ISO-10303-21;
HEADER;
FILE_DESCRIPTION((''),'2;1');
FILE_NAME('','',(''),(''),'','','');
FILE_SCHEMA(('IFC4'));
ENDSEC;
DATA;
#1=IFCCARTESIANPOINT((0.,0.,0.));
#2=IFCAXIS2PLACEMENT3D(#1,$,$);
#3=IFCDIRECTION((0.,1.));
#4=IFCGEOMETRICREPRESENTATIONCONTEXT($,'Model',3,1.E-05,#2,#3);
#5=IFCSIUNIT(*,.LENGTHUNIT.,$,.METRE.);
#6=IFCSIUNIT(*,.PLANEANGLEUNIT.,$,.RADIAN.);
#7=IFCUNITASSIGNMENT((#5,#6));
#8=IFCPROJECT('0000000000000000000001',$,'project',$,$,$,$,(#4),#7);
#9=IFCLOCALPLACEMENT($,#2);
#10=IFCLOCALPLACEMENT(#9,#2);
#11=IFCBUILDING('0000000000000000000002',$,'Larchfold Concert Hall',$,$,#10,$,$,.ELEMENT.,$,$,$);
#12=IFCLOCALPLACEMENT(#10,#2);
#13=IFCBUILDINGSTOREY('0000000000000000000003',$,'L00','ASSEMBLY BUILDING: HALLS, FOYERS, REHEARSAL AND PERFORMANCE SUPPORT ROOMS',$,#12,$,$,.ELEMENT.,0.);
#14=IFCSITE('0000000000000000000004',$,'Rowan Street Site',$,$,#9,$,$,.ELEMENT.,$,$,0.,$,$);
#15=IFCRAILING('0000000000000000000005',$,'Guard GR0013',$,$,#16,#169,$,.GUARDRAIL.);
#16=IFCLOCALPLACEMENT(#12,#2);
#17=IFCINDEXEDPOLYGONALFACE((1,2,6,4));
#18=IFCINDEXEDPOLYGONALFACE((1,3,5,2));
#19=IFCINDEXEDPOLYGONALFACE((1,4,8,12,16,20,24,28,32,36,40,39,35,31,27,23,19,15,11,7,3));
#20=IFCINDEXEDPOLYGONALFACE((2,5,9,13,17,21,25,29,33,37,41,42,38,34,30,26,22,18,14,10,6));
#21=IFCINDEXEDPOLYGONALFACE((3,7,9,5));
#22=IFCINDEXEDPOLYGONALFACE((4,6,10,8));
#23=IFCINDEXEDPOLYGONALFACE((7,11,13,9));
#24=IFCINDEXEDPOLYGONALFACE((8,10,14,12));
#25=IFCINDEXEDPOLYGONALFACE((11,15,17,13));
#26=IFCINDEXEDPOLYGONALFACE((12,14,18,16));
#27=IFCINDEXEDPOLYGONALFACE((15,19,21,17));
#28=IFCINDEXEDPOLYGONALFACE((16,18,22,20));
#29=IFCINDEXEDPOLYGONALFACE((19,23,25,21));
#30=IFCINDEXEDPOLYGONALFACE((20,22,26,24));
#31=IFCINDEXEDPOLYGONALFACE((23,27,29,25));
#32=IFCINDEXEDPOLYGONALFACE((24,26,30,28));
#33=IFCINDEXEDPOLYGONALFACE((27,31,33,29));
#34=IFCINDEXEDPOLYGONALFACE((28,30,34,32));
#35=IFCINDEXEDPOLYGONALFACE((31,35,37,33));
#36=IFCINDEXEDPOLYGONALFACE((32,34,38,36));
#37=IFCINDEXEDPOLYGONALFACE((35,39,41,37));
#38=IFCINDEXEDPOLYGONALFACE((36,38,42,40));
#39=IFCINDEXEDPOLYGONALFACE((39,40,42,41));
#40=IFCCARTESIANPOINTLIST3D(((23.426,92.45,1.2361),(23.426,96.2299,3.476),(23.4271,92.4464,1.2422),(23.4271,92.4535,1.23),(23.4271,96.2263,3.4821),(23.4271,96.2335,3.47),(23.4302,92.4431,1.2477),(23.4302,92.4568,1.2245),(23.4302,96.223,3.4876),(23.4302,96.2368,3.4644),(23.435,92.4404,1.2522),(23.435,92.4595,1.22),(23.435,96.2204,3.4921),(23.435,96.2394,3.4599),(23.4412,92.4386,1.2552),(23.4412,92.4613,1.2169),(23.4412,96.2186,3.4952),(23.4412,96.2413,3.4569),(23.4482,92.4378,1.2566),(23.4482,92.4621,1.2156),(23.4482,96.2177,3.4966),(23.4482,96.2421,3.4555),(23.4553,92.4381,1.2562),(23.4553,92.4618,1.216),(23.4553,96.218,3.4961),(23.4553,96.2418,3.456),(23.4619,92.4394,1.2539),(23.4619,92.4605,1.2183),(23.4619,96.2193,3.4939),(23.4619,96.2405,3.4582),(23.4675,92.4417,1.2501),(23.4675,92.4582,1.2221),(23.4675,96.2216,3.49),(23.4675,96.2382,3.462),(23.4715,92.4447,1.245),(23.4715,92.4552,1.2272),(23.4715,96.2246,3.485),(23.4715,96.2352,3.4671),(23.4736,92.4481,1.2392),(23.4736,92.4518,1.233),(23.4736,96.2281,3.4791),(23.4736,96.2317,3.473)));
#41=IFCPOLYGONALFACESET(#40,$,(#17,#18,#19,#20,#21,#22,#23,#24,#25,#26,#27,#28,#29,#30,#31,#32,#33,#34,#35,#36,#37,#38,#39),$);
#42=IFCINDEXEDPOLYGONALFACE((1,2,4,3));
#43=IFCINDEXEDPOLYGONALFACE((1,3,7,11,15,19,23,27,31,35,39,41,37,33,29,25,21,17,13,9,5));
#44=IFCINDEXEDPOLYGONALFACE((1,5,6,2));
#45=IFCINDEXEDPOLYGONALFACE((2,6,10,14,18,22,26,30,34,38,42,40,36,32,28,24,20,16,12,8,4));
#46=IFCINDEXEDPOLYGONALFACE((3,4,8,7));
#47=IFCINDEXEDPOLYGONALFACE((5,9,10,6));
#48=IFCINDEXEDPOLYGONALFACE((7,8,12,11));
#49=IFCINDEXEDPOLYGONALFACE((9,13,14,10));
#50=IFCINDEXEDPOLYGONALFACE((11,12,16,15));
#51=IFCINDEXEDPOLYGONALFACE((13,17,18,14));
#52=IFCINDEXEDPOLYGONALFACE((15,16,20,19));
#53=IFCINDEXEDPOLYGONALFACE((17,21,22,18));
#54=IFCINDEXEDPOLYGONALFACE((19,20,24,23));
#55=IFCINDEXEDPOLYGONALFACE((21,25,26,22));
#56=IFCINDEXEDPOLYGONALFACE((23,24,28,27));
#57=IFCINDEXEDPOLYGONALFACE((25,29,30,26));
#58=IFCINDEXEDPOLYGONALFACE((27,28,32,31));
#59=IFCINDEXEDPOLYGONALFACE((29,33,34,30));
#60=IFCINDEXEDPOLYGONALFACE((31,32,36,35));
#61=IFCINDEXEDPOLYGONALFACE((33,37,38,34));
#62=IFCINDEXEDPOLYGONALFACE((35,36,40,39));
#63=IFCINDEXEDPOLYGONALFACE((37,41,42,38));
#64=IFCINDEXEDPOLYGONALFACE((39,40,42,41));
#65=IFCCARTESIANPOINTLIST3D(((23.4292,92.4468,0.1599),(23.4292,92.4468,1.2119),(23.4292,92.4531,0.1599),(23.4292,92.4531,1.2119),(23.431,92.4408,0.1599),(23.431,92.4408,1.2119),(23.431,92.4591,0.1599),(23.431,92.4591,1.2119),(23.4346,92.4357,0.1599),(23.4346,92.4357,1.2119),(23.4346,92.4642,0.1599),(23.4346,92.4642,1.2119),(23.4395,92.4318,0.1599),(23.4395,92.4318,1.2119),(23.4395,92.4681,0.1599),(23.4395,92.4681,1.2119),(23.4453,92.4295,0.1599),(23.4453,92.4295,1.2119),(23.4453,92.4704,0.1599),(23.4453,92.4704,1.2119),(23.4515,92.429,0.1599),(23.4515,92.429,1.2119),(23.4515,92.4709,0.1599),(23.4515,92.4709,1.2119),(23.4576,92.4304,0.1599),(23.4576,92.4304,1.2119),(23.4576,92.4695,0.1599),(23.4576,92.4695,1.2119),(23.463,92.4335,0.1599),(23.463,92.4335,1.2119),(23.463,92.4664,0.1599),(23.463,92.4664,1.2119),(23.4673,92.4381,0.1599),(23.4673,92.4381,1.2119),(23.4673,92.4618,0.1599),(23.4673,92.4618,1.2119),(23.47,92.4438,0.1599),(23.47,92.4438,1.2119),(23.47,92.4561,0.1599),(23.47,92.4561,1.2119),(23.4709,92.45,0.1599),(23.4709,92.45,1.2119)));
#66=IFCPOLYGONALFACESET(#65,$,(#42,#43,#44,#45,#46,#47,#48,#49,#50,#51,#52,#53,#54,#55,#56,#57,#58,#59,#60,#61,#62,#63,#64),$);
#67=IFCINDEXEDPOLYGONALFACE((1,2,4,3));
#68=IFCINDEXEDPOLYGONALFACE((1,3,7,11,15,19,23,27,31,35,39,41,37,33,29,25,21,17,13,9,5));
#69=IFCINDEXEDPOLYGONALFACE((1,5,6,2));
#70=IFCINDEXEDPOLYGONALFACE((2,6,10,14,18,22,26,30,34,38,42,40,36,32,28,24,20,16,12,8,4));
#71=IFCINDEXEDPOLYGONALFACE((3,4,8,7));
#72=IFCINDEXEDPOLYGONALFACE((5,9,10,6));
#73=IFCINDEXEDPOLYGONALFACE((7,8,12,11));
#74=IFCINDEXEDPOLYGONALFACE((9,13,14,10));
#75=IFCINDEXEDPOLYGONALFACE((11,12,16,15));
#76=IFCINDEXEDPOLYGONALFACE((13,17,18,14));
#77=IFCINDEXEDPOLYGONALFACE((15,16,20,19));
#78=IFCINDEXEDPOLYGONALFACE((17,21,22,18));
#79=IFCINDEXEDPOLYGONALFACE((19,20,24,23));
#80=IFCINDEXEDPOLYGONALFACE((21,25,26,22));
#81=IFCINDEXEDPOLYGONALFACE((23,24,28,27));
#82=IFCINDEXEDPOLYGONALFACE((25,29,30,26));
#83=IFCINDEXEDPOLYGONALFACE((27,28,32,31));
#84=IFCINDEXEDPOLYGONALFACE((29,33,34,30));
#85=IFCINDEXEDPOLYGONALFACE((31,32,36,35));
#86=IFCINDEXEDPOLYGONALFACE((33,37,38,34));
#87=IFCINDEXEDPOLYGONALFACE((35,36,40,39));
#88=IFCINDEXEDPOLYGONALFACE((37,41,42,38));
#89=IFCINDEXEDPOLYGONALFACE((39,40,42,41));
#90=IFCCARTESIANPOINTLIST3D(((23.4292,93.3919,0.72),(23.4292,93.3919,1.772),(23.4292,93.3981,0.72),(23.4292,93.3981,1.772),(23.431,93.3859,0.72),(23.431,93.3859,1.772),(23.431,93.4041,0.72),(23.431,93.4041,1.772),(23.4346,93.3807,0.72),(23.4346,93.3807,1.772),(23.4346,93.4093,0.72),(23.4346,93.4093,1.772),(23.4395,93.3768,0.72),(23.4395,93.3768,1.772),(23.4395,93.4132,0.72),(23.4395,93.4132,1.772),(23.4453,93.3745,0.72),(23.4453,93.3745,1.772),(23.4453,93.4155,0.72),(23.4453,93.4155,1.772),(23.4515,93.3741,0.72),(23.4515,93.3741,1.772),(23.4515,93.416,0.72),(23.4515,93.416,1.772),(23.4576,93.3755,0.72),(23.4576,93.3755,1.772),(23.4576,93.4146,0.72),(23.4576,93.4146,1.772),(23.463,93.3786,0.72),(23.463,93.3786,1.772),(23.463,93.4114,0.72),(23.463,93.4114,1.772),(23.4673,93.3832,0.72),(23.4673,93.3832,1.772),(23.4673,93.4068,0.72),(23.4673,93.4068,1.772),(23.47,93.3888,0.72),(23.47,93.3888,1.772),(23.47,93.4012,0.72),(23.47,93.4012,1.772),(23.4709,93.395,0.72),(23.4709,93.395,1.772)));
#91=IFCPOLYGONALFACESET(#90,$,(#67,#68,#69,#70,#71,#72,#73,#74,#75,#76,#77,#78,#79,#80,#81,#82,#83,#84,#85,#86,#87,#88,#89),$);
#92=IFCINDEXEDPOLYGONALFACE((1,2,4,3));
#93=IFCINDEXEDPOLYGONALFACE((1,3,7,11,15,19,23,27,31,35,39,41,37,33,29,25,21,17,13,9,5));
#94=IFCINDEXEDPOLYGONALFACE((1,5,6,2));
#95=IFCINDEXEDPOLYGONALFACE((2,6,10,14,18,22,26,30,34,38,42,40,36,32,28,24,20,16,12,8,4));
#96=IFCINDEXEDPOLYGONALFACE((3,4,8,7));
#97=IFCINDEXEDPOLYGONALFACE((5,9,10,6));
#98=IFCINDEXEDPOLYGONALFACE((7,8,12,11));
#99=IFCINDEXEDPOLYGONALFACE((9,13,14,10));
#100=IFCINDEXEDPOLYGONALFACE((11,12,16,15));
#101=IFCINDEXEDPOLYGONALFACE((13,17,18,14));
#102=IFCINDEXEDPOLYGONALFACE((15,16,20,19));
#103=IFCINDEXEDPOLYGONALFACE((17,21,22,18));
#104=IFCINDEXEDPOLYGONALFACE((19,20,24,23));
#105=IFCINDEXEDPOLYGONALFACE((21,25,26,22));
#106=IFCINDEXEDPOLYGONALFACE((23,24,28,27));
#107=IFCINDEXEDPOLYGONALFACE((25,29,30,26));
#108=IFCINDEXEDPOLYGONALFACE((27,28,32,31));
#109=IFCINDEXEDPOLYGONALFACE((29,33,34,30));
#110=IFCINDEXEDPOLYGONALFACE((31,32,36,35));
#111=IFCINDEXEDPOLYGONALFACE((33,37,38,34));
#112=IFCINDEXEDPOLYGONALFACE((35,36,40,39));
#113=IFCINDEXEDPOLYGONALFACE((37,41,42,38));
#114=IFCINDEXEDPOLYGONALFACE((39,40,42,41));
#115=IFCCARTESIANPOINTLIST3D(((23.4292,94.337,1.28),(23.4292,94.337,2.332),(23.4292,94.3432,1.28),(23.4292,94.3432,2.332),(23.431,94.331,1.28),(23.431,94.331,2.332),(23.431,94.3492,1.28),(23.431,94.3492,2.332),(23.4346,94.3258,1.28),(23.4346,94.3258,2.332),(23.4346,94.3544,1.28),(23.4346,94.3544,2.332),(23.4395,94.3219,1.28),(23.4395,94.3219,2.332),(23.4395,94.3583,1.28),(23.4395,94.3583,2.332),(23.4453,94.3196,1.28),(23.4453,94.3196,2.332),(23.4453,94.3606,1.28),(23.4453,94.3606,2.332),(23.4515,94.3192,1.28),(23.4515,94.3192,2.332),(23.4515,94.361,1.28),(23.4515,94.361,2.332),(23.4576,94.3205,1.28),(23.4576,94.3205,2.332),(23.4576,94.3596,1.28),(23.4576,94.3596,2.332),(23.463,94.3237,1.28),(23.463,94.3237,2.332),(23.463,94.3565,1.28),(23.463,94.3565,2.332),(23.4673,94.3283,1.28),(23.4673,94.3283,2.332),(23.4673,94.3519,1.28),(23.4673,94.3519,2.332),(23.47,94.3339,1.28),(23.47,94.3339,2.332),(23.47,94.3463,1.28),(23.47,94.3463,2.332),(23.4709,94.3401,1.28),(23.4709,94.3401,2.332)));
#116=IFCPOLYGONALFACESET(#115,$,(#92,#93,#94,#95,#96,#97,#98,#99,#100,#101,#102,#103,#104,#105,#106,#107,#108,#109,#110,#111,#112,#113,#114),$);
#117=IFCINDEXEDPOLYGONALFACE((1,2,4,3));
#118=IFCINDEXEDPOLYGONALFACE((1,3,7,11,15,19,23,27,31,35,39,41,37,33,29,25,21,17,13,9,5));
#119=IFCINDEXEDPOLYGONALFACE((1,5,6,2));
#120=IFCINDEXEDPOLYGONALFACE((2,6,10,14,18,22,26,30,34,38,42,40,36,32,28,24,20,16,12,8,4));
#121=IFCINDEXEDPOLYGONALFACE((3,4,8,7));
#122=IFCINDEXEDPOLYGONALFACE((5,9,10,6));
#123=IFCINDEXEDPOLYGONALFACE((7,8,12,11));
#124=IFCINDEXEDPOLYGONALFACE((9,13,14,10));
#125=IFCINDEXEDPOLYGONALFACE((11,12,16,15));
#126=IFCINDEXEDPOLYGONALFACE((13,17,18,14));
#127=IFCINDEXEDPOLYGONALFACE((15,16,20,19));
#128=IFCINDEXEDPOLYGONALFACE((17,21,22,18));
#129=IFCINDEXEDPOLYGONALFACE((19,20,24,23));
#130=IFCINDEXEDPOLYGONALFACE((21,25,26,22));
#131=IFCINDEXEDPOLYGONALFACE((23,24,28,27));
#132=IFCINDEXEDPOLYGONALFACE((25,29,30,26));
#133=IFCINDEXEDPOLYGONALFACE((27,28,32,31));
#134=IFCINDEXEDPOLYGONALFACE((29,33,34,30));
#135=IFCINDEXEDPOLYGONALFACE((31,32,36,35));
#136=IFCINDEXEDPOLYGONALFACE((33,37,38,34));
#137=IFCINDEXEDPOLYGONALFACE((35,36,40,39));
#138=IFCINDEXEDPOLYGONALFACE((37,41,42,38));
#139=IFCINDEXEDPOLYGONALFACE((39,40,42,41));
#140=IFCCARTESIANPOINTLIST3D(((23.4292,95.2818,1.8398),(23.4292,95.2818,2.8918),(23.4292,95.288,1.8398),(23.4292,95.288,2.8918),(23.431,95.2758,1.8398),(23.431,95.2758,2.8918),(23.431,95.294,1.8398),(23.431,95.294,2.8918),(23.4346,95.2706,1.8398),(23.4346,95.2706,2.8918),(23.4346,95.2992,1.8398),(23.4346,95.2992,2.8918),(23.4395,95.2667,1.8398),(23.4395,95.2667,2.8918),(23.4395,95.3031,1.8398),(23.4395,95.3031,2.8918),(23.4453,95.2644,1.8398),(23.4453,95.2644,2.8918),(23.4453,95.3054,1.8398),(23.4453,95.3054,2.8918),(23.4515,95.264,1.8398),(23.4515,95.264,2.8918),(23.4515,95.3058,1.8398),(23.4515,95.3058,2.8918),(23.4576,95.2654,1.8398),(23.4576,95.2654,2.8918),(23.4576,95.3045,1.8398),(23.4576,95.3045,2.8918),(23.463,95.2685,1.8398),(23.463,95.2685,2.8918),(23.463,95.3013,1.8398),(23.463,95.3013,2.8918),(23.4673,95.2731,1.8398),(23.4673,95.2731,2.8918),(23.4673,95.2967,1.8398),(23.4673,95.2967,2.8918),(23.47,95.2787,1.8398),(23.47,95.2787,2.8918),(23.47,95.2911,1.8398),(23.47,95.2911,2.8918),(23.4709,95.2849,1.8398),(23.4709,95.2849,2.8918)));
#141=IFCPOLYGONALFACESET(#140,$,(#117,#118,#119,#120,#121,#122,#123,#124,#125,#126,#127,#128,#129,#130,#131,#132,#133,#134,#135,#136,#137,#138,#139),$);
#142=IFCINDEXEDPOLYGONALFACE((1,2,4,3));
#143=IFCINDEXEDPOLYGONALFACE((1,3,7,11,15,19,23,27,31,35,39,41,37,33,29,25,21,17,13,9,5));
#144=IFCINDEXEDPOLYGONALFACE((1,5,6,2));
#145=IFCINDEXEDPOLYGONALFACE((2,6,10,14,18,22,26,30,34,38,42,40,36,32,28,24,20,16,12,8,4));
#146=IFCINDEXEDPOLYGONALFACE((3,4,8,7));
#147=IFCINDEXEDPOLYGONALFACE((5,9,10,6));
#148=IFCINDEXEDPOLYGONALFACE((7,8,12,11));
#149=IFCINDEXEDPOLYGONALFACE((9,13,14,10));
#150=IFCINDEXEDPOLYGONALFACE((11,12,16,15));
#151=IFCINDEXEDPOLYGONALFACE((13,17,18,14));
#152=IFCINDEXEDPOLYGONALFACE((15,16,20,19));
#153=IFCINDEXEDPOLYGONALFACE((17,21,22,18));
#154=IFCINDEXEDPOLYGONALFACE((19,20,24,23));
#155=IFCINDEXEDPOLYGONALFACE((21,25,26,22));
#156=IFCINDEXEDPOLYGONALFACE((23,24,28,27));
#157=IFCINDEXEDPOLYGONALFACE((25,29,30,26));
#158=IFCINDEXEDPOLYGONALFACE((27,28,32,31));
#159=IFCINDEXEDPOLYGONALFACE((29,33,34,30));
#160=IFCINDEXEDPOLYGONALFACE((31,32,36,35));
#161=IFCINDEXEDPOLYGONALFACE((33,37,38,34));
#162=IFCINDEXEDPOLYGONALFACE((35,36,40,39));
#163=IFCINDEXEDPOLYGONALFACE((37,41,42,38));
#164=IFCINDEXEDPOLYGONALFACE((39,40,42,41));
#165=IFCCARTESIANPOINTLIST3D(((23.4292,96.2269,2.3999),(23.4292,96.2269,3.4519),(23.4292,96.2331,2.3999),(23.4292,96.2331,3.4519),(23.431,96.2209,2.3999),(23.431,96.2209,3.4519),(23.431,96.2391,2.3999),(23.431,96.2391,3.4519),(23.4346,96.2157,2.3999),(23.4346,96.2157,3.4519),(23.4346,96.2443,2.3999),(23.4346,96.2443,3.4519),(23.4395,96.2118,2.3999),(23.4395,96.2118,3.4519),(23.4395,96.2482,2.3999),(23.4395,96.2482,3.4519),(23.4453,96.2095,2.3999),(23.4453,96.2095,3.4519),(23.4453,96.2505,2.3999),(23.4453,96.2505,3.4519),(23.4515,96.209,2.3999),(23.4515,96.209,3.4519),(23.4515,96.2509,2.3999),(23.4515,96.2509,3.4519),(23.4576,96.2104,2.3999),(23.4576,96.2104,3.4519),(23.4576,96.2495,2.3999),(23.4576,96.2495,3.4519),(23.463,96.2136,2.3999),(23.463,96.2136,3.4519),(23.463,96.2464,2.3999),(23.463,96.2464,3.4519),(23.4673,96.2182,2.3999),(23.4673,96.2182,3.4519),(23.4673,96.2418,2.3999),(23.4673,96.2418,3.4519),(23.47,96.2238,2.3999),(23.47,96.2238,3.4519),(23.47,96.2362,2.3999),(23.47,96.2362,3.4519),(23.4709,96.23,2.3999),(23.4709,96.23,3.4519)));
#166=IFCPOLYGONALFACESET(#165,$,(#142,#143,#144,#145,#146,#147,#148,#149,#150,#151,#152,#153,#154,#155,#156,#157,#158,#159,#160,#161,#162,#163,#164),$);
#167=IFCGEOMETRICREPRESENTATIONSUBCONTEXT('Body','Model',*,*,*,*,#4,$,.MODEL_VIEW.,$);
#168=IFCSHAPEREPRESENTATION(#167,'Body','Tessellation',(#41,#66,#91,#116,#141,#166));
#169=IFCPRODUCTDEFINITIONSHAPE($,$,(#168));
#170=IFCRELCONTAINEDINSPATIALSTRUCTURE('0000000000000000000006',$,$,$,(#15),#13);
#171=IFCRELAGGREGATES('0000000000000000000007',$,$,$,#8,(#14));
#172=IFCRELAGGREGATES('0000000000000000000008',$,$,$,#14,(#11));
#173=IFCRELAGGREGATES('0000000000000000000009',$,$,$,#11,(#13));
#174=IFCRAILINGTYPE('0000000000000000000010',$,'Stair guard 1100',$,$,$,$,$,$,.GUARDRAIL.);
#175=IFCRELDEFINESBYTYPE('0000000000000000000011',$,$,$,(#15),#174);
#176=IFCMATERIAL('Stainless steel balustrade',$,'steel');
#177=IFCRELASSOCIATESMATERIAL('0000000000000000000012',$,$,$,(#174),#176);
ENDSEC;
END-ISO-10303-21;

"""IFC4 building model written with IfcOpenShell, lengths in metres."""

from ifc_helpers import new_model, si_unit, direction, frame, origin, origin_2d, place, context, subcontext, project, spatial, circle, extrude, material, type_object, element, save


model = new_model("IFC4")

# Units and contexts
model_context = context("Model", 3, precision=1e-05, world=origin(), true_north=direction((0.0, 1.0)))
body_context = subcontext(model_context, "Body", "Model", "MODEL_VIEW")
ifc_project = project(units=[si_unit("LENGTHUNIT", "METRE"), si_unit("PLANEANGLEUNIT", "RADIAN")], contexts=[model_context])

# Site, building, storey
site_placement = place(None, origin())
site = spatial("IfcSite", under=ifc_project, at=site_placement, Name="Rowan Street Site", CompositionType="ELEMENT", RefElevation=0.0)
building_placement = place(site_placement, origin())
building = spatial("IfcBuilding", under=site, at=building_placement, Name="Larchfold Concert Hall", CompositionType="ELEMENT")
storey_placement = place(building_placement, origin())
storey = spatial("IfcBuildingStorey", under=building, at=storey_placement, Name="L00", Description="ASSEMBLY BUILDING: HALLS, FOYERS, REHEARSAL AND PERFORMANCE SUPPORT ROOMS", CompositionType="ELEMENT", Elevation=0.0)

# Railing
ifc_material_1 = material(Name="Stainless steel balustrade", Category="steel")
railing_type_1 = type_object("IfcRailingType", Name="Stair guard 1100", PredefinedType="GUARDRAIL", material=ifc_material_1)
railing_1_placement = place(storey_placement, frame((23.45, 92.45, 0.1599)))
element("IfcRailing", 1, at=railing_1_placement, inside=storey, type_object=railing_type_1, Name="Guard GR0013", PredefinedType="GUARDRAIL", context=body_context, shape_type="SweptSolid", body=[
    extrude(circle(Radius=0.0239, at=origin_2d()), frame((0.0, 0.0, 1.0762), z_axis=(0.0, 0.860294, 0.509798), x_axis=(-1.0, 0.0, 0.0)), (0.0, 0.0, 1.0), 4.3938),
    extrude(circle(Radius=0.021, at=origin_2d()), origin(), (0.0, 0.0, 1.0), 1.052),
    extrude(circle(Radius=0.021, at=origin_2d()), frame((0.0, 0.9451, 0.5601)), (0.0, 0.0, 1.0), 1.052),
    extrude(circle(Radius=0.021, at=origin_2d()), frame((0.0, 1.8901, 1.1201)), (0.0, 0.0, 1.0), 1.052),
    extrude(circle(Radius=0.021, at=origin_2d()), frame((0.0, 2.835, 1.6799)), (0.0, 0.0, 1.0), 1.052),
    extrude(circle(Radius=0.021, at=origin_2d()), frame((0.0, 3.78, 2.24)), (0.0, 0.0, 1.0), 1.052),
])

save(model, "model.ifc")
